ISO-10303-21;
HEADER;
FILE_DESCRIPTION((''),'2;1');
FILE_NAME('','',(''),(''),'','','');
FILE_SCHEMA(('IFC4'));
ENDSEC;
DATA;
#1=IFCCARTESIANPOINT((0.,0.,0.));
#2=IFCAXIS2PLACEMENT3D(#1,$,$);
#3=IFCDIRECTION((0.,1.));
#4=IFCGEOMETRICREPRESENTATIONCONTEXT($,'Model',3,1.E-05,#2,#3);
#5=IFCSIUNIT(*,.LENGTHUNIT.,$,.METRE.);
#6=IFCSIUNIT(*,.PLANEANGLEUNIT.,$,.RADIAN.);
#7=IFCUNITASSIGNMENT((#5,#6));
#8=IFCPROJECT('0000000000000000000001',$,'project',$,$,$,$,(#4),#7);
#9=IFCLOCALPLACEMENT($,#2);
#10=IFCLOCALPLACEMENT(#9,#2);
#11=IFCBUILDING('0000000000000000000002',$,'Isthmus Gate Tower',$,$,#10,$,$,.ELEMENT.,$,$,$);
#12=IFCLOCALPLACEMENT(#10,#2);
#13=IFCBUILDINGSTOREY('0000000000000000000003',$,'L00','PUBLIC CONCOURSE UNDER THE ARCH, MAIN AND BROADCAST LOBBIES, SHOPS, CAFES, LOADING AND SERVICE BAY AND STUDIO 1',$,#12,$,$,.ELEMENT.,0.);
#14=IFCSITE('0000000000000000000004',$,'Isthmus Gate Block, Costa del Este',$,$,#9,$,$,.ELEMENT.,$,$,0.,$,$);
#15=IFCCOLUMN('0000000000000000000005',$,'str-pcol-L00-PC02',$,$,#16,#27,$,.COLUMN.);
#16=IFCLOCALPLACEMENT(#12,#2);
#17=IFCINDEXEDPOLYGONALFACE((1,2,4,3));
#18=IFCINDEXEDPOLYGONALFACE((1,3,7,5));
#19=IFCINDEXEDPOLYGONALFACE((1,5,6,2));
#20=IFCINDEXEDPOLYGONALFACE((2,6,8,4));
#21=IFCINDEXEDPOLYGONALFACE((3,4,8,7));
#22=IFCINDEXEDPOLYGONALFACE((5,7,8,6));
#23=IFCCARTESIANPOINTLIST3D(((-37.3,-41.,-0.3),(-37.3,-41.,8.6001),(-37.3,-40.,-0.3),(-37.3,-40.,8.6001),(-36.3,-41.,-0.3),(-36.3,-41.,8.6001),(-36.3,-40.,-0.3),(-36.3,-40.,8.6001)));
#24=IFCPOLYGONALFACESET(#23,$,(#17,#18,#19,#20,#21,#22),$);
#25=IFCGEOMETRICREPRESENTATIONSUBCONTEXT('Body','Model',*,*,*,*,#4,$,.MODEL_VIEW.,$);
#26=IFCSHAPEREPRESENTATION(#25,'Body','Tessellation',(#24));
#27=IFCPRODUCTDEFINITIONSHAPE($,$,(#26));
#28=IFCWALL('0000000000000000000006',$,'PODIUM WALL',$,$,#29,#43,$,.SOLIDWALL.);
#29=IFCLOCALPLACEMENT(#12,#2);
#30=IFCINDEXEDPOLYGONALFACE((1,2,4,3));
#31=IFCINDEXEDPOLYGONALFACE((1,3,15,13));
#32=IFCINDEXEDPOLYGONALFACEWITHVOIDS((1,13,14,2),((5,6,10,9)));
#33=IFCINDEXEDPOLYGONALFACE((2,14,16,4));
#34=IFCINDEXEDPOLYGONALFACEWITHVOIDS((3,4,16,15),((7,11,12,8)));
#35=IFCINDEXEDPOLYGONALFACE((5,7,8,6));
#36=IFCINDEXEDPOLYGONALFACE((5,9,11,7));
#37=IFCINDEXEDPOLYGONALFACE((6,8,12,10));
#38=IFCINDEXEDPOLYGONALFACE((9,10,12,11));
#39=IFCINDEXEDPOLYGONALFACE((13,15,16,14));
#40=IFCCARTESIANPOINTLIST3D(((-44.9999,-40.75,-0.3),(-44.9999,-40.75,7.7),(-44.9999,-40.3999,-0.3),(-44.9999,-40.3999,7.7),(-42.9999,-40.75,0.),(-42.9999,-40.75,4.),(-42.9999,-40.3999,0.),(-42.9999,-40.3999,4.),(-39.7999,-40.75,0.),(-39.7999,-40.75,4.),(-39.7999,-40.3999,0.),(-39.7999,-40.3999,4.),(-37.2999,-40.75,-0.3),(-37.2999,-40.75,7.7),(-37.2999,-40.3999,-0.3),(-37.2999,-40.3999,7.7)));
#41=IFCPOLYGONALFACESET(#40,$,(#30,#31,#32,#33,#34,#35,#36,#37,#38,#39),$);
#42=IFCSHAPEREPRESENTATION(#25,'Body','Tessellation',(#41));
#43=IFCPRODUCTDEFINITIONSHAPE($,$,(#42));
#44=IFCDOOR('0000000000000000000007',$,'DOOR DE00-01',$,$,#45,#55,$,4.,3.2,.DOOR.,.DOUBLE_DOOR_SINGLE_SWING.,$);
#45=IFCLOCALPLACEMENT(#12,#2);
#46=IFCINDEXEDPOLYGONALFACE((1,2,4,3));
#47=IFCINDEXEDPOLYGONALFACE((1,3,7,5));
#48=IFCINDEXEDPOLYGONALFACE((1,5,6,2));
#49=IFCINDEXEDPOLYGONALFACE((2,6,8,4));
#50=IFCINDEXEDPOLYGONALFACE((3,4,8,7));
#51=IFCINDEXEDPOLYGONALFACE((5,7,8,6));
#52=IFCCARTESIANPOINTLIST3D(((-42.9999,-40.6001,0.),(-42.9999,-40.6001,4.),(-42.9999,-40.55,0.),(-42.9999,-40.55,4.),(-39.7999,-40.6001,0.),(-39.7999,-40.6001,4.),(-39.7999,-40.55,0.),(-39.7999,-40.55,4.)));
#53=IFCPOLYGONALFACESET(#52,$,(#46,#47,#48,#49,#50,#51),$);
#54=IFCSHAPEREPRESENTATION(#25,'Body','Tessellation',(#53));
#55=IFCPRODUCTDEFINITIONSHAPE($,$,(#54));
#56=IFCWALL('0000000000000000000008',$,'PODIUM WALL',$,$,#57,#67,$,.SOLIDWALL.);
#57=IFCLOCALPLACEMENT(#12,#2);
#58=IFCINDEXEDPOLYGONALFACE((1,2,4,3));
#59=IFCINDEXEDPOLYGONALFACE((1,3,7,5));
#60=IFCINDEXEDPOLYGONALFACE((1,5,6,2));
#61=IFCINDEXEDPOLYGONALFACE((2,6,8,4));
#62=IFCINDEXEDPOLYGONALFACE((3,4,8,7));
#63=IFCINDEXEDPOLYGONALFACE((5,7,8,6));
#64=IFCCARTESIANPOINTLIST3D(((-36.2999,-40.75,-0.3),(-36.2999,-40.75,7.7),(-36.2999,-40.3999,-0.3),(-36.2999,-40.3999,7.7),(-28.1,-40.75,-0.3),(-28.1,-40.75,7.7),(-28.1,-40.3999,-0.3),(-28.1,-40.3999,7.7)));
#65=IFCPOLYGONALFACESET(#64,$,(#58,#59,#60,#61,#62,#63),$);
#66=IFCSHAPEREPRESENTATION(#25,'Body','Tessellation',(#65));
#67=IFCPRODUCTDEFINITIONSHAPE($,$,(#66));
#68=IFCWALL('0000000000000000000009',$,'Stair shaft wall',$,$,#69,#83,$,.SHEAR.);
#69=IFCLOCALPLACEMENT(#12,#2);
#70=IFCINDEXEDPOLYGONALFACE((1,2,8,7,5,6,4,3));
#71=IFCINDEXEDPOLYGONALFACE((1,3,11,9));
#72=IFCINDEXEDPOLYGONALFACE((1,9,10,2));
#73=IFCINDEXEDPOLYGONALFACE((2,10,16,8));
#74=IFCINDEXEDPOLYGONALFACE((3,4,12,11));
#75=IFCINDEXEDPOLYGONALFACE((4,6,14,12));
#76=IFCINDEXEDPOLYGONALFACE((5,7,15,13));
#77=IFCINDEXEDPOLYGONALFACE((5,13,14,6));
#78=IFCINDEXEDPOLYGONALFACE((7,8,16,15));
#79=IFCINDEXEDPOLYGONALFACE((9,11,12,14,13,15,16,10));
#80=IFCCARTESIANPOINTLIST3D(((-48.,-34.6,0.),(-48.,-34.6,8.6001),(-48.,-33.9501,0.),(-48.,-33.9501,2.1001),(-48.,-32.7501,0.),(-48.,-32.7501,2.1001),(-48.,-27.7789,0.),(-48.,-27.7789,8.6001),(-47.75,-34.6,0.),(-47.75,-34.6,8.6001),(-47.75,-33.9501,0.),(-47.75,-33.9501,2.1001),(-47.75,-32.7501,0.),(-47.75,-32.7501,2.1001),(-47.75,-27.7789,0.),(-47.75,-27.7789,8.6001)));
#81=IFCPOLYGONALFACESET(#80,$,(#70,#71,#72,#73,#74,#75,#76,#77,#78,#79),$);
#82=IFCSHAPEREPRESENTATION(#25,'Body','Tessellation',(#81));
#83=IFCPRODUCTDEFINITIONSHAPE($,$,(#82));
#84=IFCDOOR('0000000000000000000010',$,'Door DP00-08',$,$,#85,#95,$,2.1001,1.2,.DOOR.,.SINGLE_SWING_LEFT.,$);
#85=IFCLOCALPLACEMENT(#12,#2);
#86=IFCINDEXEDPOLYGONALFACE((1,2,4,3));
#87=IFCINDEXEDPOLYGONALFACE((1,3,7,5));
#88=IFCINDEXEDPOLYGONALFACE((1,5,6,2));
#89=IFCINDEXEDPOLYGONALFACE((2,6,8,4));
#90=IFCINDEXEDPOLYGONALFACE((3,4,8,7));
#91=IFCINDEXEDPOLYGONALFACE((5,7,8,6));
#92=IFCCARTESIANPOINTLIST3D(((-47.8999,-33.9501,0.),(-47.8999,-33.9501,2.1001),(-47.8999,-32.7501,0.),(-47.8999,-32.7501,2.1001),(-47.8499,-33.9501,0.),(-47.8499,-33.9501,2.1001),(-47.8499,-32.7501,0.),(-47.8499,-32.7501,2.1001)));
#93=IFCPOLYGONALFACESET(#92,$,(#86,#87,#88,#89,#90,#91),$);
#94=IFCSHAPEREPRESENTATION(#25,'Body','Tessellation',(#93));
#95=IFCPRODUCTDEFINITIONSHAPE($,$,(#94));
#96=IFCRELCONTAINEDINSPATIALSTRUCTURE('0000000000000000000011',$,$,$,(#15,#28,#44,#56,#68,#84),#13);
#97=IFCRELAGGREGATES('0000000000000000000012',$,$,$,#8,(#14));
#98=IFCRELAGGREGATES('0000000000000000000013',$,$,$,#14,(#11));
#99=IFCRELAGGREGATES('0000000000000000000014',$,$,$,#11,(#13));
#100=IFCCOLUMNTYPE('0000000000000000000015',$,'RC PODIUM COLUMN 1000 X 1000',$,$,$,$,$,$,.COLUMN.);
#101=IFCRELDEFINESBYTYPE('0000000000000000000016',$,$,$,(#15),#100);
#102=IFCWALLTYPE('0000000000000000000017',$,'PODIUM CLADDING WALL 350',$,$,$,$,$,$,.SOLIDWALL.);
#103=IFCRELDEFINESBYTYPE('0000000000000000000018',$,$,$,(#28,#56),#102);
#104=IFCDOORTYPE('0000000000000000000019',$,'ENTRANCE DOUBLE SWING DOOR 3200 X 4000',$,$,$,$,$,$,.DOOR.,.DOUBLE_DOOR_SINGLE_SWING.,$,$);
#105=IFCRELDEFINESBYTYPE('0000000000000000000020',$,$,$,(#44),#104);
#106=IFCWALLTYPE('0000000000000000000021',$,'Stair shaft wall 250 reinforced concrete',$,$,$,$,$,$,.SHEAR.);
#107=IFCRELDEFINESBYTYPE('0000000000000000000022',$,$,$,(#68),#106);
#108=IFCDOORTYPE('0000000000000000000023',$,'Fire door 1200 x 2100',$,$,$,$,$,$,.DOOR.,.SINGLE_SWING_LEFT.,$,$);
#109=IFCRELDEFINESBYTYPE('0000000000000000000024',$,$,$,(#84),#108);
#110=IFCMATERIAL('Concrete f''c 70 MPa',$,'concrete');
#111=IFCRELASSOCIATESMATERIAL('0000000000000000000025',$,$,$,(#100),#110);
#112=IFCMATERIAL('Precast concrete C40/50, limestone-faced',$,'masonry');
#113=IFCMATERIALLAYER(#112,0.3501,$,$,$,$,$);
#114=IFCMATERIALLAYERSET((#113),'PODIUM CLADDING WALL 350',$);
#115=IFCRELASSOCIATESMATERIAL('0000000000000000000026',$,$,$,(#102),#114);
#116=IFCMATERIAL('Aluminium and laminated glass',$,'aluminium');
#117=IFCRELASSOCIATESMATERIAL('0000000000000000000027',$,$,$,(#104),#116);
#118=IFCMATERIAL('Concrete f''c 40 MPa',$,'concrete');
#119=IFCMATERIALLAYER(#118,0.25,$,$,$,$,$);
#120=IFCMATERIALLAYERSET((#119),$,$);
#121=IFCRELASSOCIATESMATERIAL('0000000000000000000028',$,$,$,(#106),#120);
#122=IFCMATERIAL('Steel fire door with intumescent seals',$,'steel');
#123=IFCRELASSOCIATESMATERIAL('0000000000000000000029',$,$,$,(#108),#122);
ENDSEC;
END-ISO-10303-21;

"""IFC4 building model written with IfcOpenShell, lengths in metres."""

from ifc_helpers import new_model, si_unit, direction, frame, frame_2d, origin, origin_2d, place, context, subcontext, project, spatial, rectangle, extrude, material, layer, layer_set, material_profile, profile_set, type_object, element, fill, save


model = new_model("IFC4")

# Units and contexts
model_context = context("Model", 3, precision=1e-05, world=origin(), true_north=direction((0.0, 1.0)))
body_context = subcontext(model_context, "Body", "Model", "MODEL_VIEW")
ifc_project = project(units=[si_unit("LENGTHUNIT", "METRE"), si_unit("PLANEANGLEUNIT", "RADIAN")], contexts=[model_context])

# Site, building, storey
site_placement = place(None, origin())
site = spatial("IfcSite", under=ifc_project, at=site_placement, Name="Isthmus Gate Block, Costa del Este", CompositionType="ELEMENT", RefElevation=0.0)
building_placement = place(site_placement, origin())
building = spatial("IfcBuilding", under=site, at=building_placement, Name="Isthmus Gate Tower", CompositionType="ELEMENT")
storey_placement = place(building_placement, origin())
storey = spatial("IfcBuildingStorey", under=building, at=storey_placement, Name="L00", Description="PUBLIC CONCOURSE UNDER THE ARCH, MAIN AND BROADCAST LOBBIES, SHOPS, CAFES, LOADING AND SERVICE BAY AND STUDIO 1", CompositionType="ELEMENT", Elevation=0.0)

# Column
ifc_material_1 = material(Name="Concrete f'c 70 MPa", Category="concrete")
ifc_material_profile_1 = material_profile(ifc_material_1, rectangle(XDim=1.0, YDim=1.0, at=origin_2d()), Name="RC 1000X1000")
ifc_profile_set_1 = profile_set([ifc_material_profile_1], Name="Concrete f'c 70 MPa")
column_type = type_object("IfcColumnType", Name="RC PODIUM COLUMN 1000 X 1000", PredefinedType="COLUMN", material=ifc_profile_set_1)
for number, where, z_axis, x_axis, name in (
    (1, (-36.8, -40.5, -0.3), (0.0, 0.0, 1.0), (1.0, 0.0, 0.0), "str-pcol-L00-PC02"),
):
    element("IfcColumn", number, at=place(storey_placement, frame(where, z_axis=z_axis, x_axis=x_axis)), inside=storey, type_object=column_type, Name=name, PredefinedType="COLUMN", context=body_context, shape_type="SweptSolid", body=[
        extrude(rectangle(XDim=1.0, YDim=1.0, at=origin_2d()), origin(), (0.0, 0.0, 1.0), 8.9001),
    ])

# Wall, opening, door
ifc_material_2 = material(Name="Precast concrete C40/50, limestone-faced", Category="masonry")
ifc_layer_1 = layer(ifc_material_2, 0.3501)
ifc_layer_set_1 = layer_set([ifc_layer_1], Name="PODIUM CLADDING WALL 350")
wall_type_1 = type_object("IfcWallType", Name="PODIUM CLADDING WALL 350", PredefinedType="SOLIDWALL", material=ifc_layer_set_1)
wall_1_placement = place(storey_placement, frame((-45.0, -40.575, -0.3), z_axis=(0.0, 0.0, 1.0), x_axis=(1.0, 0.0, 0.0)))
wall_1 = element("IfcWall", 2, at=wall_1_placement, inside=storey, type_object=wall_type_1, Name="PODIUM WALL", PredefinedType="SOLIDWALL", context=body_context, shape_type="SweptSolid", body=[
    extrude(rectangle(XDim=7.7, YDim=0.3501, at=frame_2d((3.8501, 0.0))), origin(), (0.0, 0.0, 1.0), 8.0),
])
opening_1_placement = place(wall_1_placement, frame((2.0, 0.0, 0.3)))
opening_1 = element("IfcOpeningElement", 3, at=opening_1_placement, cuts=wall_1, PredefinedType="OPENING", context=body_context, shape_type="SweptSolid", body=[
    extrude(rectangle(XDim=3.2, YDim=4.0, at=frame_2d((1.6001, 2.0))), frame((0.0, 0.1851, 0.0), z_axis=(0.0, -1.0, 0.0), x_axis=(1.0, 0.0, 0.0)), (0.0, 0.0, 1.0), 0.3701),
])
ifc_material_3 = material(Name="Aluminium and laminated glass", Category="aluminium")
door_type_1 = type_object("IfcDoorType", Name="ENTRANCE DOUBLE SWING DOOR 3200 X 4000", OperationType="DOUBLE_DOOR_SINGLE_SWING", PredefinedType="DOOR", material=ifc_material_3)
door_1_placement = place(opening_1_placement, origin())
door_1 = element("IfcDoor", 4, at=door_1_placement, inside=storey, type_object=door_type_1, Name="DOOR DE00-01", OperationType="DOUBLE_DOOR_SINGLE_SWING", OverallHeight=4.0, OverallWidth=3.2, PredefinedType="DOOR", context=body_context, shape_type="SweptSolid", body=[
    extrude(rectangle(XDim=3.2, YDim=4.0, at=frame_2d((1.6001, 2.0))), frame((0.0, 0.0249, 0.0), z_axis=(0.0, -1.0, 0.0), x_axis=(1.0, 0.0, 0.0)), (0.0, 0.0, 1.0), 0.05),
])
fill(opening_1, door_1)

# Wall
wall_2_placement = place(storey_placement, frame((-36.3, -40.575, -0.3), z_axis=(0.0, 0.0, 1.0), x_axis=(1.0, 0.0, 0.0)))
element("IfcWall", 5, at=wall_2_placement, inside=storey, type_object=wall_type_1, Name="PODIUM WALL", PredefinedType="SOLIDWALL", context=body_context, shape_type="SweptSolid", body=[
    extrude(rectangle(XDim=8.2, YDim=0.3501, at=frame_2d((4.1001, 0.0))), origin(), (0.0, 0.0, 1.0), 8.0),
])

# Wall, opening, door
ifc_material_4 = material(Name="Concrete f'c 40 MPa", Category="concrete")
ifc_layer_2 = layer(ifc_material_4, 0.25)
ifc_layer_set_2 = layer_set([ifc_layer_2])
wall_type_2 = type_object("IfcWallType", Name="Stair shaft wall 250 reinforced concrete", PredefinedType="SHEAR", material=ifc_layer_set_2)
wall_3_placement = place(storey_placement, frame((-47.875, -34.6001, 0.0), z_axis=(0.0, 0.0, 1.0), x_axis=(0.0, 1.0, 0.0)))
wall_3 = element("IfcWall", 6, at=wall_3_placement, inside=storey, type_object=wall_type_2, Name="Stair shaft wall", PredefinedType="SHEAR", context=body_context, shape_type="SweptSolid", body=[
    extrude(rectangle(XDim=6.821, YDim=0.25, at=frame_2d((3.4106, 0.0))), origin(), (0.0, 0.0, 1.0), 8.6001),
])
opening_2_placement = place(wall_3_placement, frame((0.6499, 0.0, 0.0)))
opening_2 = element("IfcOpeningElement", 7, at=opening_2_placement, cuts=wall_3, PredefinedType="OPENING", context=body_context, shape_type="SweptSolid", body=[
    extrude(rectangle(XDim=1.2, YDim=2.1001, at=frame_2d((0.6001, 1.05))), frame((0.0, 0.135, 0.0), z_axis=(0.0, -1.0, 0.0), x_axis=(1.0, 0.0, 0.0)), (0.0, 0.0, 1.0), 0.27),
])
ifc_material_5 = material(Name="Steel fire door with intumescent seals", Category="steel")
door_type_2 = type_object("IfcDoorType", Name="Fire door 1200 x 2100", OperationType="SINGLE_SWING_LEFT", PredefinedType="DOOR", material=ifc_material_5)
door_2_placement = place(opening_2_placement, origin())
door_2 = element("IfcDoor", 8, at=door_2_placement, inside=storey, type_object=door_type_2, Name="Door DP00-08", OperationType="SINGLE_SWING_LEFT", OverallHeight=2.1001, OverallWidth=1.2, PredefinedType="DOOR", context=body_context, shape_type="SweptSolid", body=[
    extrude(rectangle(XDim=1.2, YDim=2.1001, at=frame_2d((0.6001, 1.05))), frame((0.0, 0.0249, 0.0), z_axis=(0.0, -1.0, 0.0), x_axis=(1.0, 0.0, 0.0)), (0.0, 0.0, 1.0), 0.05),
])
fill(opening_2, door_2)

save(model, "model.ifc")
